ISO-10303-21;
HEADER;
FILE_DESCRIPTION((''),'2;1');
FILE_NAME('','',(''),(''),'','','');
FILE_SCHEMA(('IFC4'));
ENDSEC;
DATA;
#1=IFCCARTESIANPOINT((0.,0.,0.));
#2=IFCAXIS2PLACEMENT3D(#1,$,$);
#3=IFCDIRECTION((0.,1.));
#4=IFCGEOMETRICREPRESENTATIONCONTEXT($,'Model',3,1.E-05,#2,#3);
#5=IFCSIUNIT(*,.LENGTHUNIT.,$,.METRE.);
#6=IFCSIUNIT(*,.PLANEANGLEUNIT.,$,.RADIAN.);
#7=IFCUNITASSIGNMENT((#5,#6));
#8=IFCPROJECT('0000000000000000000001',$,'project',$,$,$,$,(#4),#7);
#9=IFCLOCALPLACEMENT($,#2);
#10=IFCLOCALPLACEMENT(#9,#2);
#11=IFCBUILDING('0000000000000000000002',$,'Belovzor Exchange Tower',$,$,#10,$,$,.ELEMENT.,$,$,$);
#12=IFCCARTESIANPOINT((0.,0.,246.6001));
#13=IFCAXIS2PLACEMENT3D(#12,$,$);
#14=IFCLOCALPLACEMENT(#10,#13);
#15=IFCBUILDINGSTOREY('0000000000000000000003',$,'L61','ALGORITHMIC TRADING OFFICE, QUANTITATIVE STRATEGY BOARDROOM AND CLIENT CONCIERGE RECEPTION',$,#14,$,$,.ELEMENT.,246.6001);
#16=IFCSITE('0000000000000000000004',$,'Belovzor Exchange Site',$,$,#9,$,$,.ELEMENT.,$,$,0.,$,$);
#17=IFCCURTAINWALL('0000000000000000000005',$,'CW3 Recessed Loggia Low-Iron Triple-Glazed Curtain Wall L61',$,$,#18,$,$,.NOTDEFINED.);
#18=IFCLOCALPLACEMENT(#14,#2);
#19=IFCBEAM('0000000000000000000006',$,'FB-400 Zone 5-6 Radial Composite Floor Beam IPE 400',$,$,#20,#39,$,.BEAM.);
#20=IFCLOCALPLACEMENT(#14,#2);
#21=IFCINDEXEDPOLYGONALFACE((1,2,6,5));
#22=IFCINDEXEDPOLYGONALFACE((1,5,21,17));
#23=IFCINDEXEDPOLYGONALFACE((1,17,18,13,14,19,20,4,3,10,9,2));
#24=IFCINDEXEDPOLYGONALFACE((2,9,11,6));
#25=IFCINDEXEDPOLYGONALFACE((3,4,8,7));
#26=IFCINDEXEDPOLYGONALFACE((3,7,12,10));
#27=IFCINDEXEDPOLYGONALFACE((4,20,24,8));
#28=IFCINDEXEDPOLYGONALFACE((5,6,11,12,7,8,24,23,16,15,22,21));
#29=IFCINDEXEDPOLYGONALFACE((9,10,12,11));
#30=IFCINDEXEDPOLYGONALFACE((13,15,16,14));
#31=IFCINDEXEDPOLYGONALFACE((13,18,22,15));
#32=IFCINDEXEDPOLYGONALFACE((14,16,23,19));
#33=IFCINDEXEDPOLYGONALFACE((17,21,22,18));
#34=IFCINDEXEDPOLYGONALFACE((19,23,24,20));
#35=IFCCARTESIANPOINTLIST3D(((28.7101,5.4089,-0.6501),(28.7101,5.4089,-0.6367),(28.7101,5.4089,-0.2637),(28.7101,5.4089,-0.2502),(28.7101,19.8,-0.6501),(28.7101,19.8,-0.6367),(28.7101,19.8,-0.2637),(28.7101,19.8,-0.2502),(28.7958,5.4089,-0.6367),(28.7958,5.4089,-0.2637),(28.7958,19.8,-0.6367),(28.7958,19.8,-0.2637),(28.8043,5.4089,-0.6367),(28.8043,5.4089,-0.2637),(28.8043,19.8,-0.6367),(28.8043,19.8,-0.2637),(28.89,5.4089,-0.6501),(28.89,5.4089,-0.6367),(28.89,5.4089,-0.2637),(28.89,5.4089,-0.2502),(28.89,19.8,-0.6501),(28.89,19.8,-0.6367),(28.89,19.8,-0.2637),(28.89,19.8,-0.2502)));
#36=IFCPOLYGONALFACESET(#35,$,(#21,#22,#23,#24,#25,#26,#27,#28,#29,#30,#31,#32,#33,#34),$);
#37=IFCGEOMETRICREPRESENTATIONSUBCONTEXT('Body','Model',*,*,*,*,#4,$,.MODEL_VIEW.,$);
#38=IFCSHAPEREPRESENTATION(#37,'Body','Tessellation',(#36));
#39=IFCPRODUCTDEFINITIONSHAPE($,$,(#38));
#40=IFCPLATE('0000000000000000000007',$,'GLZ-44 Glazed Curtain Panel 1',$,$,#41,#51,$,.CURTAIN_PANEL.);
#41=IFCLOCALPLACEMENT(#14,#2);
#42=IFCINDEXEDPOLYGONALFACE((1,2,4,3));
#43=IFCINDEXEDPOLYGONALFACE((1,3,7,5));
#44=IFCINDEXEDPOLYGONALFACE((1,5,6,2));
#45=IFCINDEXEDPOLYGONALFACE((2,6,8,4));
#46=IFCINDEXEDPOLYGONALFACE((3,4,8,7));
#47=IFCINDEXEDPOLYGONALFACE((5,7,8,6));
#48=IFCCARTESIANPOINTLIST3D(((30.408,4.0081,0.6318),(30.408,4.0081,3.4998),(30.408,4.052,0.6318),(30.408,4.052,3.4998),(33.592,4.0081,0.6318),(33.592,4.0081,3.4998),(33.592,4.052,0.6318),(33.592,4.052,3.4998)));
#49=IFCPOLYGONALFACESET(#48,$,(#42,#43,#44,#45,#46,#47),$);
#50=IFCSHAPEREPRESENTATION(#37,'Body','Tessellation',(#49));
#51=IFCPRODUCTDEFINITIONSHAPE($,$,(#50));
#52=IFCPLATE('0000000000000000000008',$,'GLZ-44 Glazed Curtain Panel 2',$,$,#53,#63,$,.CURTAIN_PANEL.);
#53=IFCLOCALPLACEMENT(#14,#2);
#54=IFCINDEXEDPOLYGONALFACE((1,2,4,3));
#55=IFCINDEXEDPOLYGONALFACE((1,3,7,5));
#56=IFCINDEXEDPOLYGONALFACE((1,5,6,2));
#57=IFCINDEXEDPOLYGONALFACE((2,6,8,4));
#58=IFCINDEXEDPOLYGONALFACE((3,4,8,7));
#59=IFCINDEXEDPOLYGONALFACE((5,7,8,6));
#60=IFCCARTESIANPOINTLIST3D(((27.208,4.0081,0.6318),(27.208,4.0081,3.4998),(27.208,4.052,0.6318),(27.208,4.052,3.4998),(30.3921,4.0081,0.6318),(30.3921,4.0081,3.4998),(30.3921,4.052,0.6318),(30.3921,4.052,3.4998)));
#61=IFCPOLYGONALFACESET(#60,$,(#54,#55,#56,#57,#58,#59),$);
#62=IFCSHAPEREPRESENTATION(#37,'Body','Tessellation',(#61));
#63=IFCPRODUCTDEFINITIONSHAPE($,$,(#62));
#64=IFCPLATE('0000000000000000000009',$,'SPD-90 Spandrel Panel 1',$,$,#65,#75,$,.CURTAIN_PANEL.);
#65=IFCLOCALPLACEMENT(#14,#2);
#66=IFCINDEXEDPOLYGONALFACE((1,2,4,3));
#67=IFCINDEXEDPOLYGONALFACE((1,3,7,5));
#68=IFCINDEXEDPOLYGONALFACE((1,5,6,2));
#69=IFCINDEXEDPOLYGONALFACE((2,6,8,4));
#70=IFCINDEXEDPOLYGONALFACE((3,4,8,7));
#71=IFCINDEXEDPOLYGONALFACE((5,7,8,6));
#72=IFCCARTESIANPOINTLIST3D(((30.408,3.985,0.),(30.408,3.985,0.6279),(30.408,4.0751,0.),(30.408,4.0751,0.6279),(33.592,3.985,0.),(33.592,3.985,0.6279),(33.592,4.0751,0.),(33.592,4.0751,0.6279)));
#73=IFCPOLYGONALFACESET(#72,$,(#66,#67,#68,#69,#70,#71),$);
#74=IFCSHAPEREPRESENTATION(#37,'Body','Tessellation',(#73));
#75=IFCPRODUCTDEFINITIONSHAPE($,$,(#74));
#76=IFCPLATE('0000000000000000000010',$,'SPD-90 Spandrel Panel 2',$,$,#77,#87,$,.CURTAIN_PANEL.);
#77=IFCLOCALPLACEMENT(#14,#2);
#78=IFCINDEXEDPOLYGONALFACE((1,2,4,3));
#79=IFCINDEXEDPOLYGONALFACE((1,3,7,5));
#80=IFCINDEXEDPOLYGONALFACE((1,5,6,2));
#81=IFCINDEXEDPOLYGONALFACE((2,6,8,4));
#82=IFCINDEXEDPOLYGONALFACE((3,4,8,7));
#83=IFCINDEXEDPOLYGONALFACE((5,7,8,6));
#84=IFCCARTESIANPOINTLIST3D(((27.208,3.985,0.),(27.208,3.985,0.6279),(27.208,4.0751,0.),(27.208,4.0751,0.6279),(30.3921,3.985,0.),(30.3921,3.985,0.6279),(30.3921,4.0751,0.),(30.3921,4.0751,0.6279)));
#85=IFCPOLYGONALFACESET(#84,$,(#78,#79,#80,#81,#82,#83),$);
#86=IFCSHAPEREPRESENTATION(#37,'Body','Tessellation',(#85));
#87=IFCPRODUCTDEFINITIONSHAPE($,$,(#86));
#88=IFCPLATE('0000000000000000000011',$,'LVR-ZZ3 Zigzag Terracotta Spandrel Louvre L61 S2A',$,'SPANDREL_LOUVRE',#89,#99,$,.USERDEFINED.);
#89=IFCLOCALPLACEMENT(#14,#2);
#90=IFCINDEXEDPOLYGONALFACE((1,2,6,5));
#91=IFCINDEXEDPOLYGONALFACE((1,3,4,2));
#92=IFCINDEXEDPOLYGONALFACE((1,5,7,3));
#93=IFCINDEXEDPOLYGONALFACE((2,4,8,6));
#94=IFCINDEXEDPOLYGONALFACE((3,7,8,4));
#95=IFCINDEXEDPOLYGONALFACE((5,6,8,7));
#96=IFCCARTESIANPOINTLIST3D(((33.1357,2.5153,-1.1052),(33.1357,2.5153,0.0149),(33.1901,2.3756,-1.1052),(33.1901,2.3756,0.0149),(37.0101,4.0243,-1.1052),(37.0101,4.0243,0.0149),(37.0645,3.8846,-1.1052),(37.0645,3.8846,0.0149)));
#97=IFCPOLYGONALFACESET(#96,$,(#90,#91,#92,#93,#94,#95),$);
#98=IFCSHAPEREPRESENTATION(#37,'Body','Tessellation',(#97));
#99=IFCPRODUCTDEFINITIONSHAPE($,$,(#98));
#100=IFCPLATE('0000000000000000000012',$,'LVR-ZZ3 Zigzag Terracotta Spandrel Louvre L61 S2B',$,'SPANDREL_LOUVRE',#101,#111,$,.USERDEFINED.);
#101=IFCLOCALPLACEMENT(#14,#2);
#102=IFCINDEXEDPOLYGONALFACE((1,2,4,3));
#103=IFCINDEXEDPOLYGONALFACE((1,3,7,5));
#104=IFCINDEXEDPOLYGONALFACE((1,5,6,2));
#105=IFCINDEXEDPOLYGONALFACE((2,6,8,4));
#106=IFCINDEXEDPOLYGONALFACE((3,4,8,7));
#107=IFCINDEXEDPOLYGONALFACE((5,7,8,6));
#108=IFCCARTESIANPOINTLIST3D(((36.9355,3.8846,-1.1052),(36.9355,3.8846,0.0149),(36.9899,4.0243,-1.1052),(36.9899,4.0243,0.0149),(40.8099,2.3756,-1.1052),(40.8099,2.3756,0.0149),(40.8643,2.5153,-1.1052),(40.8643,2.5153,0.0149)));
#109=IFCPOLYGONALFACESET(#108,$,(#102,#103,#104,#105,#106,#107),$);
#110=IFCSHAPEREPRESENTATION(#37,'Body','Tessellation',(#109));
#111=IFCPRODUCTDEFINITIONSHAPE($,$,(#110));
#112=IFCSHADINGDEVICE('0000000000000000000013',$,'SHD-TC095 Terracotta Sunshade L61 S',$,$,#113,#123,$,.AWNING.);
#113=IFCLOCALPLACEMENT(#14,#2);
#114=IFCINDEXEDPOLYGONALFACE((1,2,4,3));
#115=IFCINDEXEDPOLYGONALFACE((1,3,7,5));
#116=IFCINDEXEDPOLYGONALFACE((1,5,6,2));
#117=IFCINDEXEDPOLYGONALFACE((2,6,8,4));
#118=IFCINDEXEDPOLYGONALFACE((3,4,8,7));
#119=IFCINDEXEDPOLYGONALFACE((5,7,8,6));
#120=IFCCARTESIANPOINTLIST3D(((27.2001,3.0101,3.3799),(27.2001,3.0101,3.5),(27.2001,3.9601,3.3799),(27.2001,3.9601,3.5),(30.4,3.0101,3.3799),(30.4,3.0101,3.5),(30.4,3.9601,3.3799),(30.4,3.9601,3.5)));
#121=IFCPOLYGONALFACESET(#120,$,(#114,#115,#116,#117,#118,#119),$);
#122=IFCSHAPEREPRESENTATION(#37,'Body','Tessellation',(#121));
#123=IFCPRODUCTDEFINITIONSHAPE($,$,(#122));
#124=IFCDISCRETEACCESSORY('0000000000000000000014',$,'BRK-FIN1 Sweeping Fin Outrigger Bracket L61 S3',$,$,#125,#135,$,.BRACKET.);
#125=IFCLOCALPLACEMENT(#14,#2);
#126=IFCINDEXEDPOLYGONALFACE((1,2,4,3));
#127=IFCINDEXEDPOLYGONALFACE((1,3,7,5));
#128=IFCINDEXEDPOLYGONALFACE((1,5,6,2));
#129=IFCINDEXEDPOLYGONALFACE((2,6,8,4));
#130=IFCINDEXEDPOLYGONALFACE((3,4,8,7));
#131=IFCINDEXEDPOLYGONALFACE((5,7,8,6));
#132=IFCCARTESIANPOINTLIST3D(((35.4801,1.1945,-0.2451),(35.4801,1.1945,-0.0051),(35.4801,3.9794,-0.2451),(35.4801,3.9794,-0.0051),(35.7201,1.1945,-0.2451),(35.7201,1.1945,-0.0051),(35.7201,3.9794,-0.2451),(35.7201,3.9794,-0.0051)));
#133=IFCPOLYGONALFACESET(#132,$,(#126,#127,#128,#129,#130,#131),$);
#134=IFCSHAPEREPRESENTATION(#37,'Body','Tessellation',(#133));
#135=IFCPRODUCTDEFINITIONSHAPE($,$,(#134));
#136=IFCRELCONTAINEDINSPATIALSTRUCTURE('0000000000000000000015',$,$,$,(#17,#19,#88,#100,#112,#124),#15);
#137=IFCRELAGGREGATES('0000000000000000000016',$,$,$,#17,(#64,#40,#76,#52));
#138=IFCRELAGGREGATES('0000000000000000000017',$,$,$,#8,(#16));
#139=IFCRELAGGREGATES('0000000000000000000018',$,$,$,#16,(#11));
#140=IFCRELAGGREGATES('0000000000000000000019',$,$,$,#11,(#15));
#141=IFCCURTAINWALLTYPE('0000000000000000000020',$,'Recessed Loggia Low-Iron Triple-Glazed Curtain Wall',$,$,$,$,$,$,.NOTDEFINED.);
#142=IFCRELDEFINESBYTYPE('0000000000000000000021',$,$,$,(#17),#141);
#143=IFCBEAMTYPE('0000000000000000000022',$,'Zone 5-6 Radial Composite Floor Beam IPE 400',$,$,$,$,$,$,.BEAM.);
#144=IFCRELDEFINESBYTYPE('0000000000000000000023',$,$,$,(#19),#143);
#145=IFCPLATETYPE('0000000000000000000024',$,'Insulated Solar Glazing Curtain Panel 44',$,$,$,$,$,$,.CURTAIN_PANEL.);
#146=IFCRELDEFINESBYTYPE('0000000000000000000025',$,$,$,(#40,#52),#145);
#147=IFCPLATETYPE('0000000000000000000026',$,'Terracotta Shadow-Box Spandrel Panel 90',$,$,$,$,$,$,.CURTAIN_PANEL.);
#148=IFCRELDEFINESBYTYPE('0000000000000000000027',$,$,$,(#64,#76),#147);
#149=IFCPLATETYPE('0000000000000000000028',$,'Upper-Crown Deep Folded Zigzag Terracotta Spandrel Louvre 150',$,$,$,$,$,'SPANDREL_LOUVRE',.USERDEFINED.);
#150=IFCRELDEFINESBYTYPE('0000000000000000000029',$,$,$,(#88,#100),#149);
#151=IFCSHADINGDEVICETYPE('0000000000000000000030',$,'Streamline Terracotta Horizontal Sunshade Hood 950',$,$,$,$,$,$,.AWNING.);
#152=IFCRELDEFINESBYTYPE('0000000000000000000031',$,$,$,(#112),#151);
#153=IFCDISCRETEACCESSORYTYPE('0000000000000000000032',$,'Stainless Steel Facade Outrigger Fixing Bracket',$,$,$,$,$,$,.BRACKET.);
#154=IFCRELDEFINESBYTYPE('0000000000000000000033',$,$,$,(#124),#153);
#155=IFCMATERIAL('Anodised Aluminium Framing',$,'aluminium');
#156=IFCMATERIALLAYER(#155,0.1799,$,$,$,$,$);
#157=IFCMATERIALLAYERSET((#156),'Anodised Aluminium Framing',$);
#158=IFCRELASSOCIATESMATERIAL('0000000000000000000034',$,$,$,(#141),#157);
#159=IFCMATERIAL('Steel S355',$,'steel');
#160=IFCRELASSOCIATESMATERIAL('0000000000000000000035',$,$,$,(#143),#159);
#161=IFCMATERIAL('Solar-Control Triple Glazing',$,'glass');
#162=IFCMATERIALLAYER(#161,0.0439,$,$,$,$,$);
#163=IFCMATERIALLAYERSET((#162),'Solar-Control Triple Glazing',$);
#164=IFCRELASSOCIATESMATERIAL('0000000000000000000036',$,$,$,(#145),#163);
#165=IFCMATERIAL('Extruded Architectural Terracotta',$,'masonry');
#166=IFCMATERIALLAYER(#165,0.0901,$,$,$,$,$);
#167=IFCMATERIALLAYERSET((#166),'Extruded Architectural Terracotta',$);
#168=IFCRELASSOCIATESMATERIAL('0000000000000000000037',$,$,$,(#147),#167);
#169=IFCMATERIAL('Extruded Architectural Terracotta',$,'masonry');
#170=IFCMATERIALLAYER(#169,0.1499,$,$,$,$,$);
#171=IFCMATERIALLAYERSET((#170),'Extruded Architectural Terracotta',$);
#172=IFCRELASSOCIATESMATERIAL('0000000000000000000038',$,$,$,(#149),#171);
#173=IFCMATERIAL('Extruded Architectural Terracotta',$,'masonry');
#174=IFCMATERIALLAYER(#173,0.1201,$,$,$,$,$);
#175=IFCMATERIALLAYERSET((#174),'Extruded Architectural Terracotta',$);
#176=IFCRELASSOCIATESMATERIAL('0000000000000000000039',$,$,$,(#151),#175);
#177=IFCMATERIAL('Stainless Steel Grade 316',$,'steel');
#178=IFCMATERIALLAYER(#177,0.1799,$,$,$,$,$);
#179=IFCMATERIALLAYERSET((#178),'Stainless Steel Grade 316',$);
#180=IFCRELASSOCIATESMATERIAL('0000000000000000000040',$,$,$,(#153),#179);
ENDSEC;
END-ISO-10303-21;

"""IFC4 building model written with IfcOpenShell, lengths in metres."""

from ifc_helpers import new_model, si_unit, direction, frame, origin, origin_2d, place, context, subcontext, project, spatial, rectangle, i_section, extrude, material, layer, layer_set, material_profile, profile_set, type_object, element, aggregate, save


model = new_model("IFC4")

# Units and contexts
model_context = context("Model", 3, precision=1e-05, world=origin(), true_north=direction((0.0, 1.0)))
body_context = subcontext(model_context, "Body", "Model", "MODEL_VIEW")
ifc_project = project(units=[si_unit("LENGTHUNIT", "METRE"), si_unit("PLANEANGLEUNIT", "RADIAN")], contexts=[model_context])

# Site, building, storey
site_placement = place(None, origin())
site = spatial("IfcSite", under=ifc_project, at=site_placement, Name="Belovzor Exchange Site", CompositionType="ELEMENT", RefElevation=0.0)
building_placement = place(site_placement, origin())
building = spatial("IfcBuilding", under=site, at=building_placement, Name="Belovzor Exchange Tower", CompositionType="ELEMENT")
storey_placement = place(building_placement, frame((0.0, 0.0, 246.6001)))
storey = spatial("IfcBuildingStorey", under=building, at=storey_placement, Name="L61", Description="ALGORITHMIC TRADING OFFICE, QUANTITATIVE STRATEGY BOARDROOM AND CLIENT CONCIERGE RECEPTION", CompositionType="ELEMENT", Elevation=246.6001)

# Curtain wall
ifc_material_1 = material(Name="Anodised Aluminium Framing", Category="aluminium")
ifc_layer_1 = layer(ifc_material_1, 0.1799)
ifc_layer_set_1 = layer_set([ifc_layer_1], Name="Anodised Aluminium Framing")
curtain_wall_type = type_object("IfcCurtainWallType", Name="Recessed Loggia Low-Iron Triple-Glazed Curtain Wall", PredefinedType="NOTDEFINED", material=ifc_layer_set_1)
curtain_wall_placement = place(storey_placement, origin())
curtain_wall = element("IfcCurtainWall", 1, at=curtain_wall_placement, inside=storey, type_object=curtain_wall_type, Name="CW3 Recessed Loggia Low-Iron Triple-Glazed Curtain Wall L61", PredefinedType="NOTDEFINED")

# Beam
ifc_material_2 = material(Name="Steel S355", Category="steel")
ifc_material_profile_1 = material_profile(ifc_material_2, i_section(OverallWidth=0.1799, OverallDepth=0.3999, WebThickness=0.0085, FlangeThickness=0.0134, at=origin_2d()))
ifc_profile_set_1 = profile_set([ifc_material_profile_1], Name="Steel S355")
beam_type_1 = type_object("IfcBeamType", Name="Zone 5-6 Radial Composite Floor Beam IPE 400", PredefinedType="BEAM", material=ifc_profile_set_1)
beam_1_placement = place(storey_placement, frame((28.8, 19.8, -0.4502), z_axis=(0.0, -1.0, 0.0), x_axis=(1.0, 0.0, 0.0)))
element("IfcBeam", 2, at=beam_1_placement, inside=storey, type_object=beam_type_1, Name="FB-400 Zone 5-6 Radial Composite Floor Beam IPE 400", PredefinedType="BEAM", context=body_context, shape_type="SweptSolid", body=[
    extrude(i_section(OverallWidth=0.1799, OverallDepth=0.3999, WebThickness=0.0085, FlangeThickness=0.0134, at=origin_2d()), origin(), (0.0, 0.0, 1.0), 14.3911),
])

# Plates
ifc_material_3 = material(Name="Solar-Control Triple Glazing", Category="glass")
ifc_layer_2 = layer(ifc_material_3, 0.0439)
ifc_layer_set_2 = layer_set([ifc_layer_2], Name="Solar-Control Triple Glazing")
plate_type_1 = type_object("IfcPlateType", Name="Insulated Solar Glazing Curtain Panel 44", PredefinedType="CURTAIN_PANEL", material=ifc_layer_set_2)
plate_1_placement = place(storey_placement, frame((32.0, 4.03, 0.6318), z_axis=(0.0, 0.0, 1.0), x_axis=(-1.0, 0.0, 0.0)))
plate_1 = element("IfcPlate", 3, at=plate_1_placement, type_object=plate_type_1, Name="GLZ-44 Glazed Curtain Panel 1", PredefinedType="CURTAIN_PANEL", context=body_context, shape_type="SweptSolid", body=[
    extrude(rectangle(XDim=3.1841, YDim=0.0439, at=origin_2d()), origin(), (0.0, 0.0, 1.0), 2.8679),
])
plate_2_placement = place(storey_placement, frame((28.8, 4.03, 0.6318), z_axis=(0.0, 0.0, 1.0), x_axis=(-1.0, 0.0, 0.0)))
plate_2 = element("IfcPlate", 4, at=plate_2_placement, type_object=plate_type_1, Name="GLZ-44 Glazed Curtain Panel 2", PredefinedType="CURTAIN_PANEL", context=body_context, shape_type="SweptSolid", body=[
    extrude(rectangle(XDim=3.1841, YDim=0.0439, at=origin_2d()), origin(), (0.0, 0.0, 1.0), 2.8679),
])
ifc_material_4 = material(Name="Extruded Architectural Terracotta", Category="masonry")
ifc_layer_3 = layer(ifc_material_4, 0.0901)
ifc_layer_set_3 = layer_set([ifc_layer_3], Name="Extruded Architectural Terracotta")
plate_type_2 = type_object("IfcPlateType", Name="Terracotta Shadow-Box Spandrel Panel 90", PredefinedType="CURTAIN_PANEL", material=ifc_layer_set_3)
plate_3_placement = place(storey_placement, frame((32.0, 4.03, 0.0), z_axis=(0.0, 0.0, 1.0), x_axis=(-1.0, 0.0, 0.0)))
plate_3 = element("IfcPlate", 5, at=plate_3_placement, type_object=plate_type_2, Name="SPD-90 Spandrel Panel 1", PredefinedType="CURTAIN_PANEL", context=body_context, shape_type="SweptSolid", body=[
    extrude(rectangle(XDim=3.1841, YDim=0.0901, at=origin_2d()), origin(), (0.0, 0.0, 1.0), 0.6279),
])
plate_4_placement = place(storey_placement, frame((28.8, 4.03, 0.0), z_axis=(0.0, 0.0, 1.0), x_axis=(-1.0, 0.0, 0.0)))
plate_4 = element("IfcPlate", 6, at=plate_4_placement, type_object=plate_type_2, Name="SPD-90 Spandrel Panel 2", PredefinedType="CURTAIN_PANEL", context=body_context, shape_type="SweptSolid", body=[
    extrude(rectangle(XDim=3.1841, YDim=0.0901, at=origin_2d()), origin(), (0.0, 0.0, 1.0), 0.6279),
])
aggregate(curtain_wall, [plate_3, plate_1, plate_4, plate_2])

# Plates
ifc_material_5 = material(Name="Extruded Architectural Terracotta", Category="masonry")
ifc_layer_4 = layer(ifc_material_5, 0.1499)
ifc_layer_set_4 = layer_set([ifc_layer_4], Name="Extruded Architectural Terracotta")
plate_type_3 = type_object("IfcPlateType", Name="Upper-Crown Deep Folded Zigzag Terracotta Spandrel Louvre 150", ElementType="SPANDREL_LOUVRE", PredefinedType="USERDEFINED", material=ifc_layer_set_4)
for number, where, z_axis, x_axis, name in (
    (7, (35.1001, 3.2, -1.1052), (0.0, 0.0, 1.0), (0.931818, 0.362926, 0.0), "LVR-ZZ3 Zigzag Terracotta Spandrel Louvre L61 S2A"),
    (8, (38.8999, 3.2, -1.1052), (0.0, 0.0, 1.0), (0.931818, -0.362926, 0.0), "LVR-ZZ3 Zigzag Terracotta Spandrel Louvre L61 S2B"),
):
    element("IfcPlate", number, at=place(storey_placement, frame(where, z_axis=z_axis, x_axis=x_axis)), inside=storey, type_object=plate_type_3, Name=name, ObjectType="SPANDREL_LOUVRE", PredefinedType="USERDEFINED", context=body_context, shape_type="SweptSolid", body=[
        extrude(rectangle(XDim=4.158, YDim=0.1499, at=origin_2d()), origin(), (0.0, 0.0, 1.0), 1.1201),
    ])

# Shading device
ifc_material_6 = material(Name="Extruded Architectural Terracotta", Category="masonry")
ifc_layer_5 = layer(ifc_material_6, 0.1201)
ifc_layer_set_5 = layer_set([ifc_layer_5], Name="Extruded Architectural Terracotta")
shading_device_type = type_object("IfcShadingDeviceType", Name="Streamline Terracotta Horizontal Sunshade Hood 950", PredefinedType="AWNING", material=ifc_layer_set_5)
shading_device_placement = place(storey_placement, frame((28.8, 3.4851, 3.3799), z_axis=(0.0, 0.0, 1.0), x_axis=(1.0, 0.0, 0.0)))
element("IfcShadingDevice", 9, at=shading_device_placement, inside=storey, type_object=shading_device_type, Name="SHD-TC095 Terracotta Sunshade L61 S", PredefinedType="AWNING", context=body_context, shape_type="SweptSolid", body=[
    extrude(rectangle(XDim=3.2, YDim=0.95, at=origin_2d()), origin(), (0.0, 0.0, 1.0), 0.1201),
])

# Discrete accessory
ifc_material_7 = material(Name="Stainless Steel Grade 316", Category="steel")
ifc_layer_6 = layer(ifc_material_7, 0.1799)
ifc_layer_set_6 = layer_set([ifc_layer_6], Name="Stainless Steel Grade 316")
discrete_accessory_type = type_object("IfcDiscreteAccessoryType", Name="Stainless Steel Facade Outrigger Fixing Bracket", PredefinedType="BRACKET", material=ifc_layer_set_6)
discrete_accessory_placement = place(storey_placement, frame((35.6001, 2.5869, -0.2451), z_axis=(0.0, 0.0, 1.0), x_axis=(0.0, 1.0, 0.0)))
element("IfcDiscreteAccessory", 10, at=discrete_accessory_placement, inside=storey, type_object=discrete_accessory_type, Name="BRK-FIN1 Sweeping Fin Outrigger Bracket L61 S3", PredefinedType="BRACKET", context=body_context, shape_type="SweptSolid", body=[
    extrude(rectangle(XDim=2.7849, YDim=0.24, at=origin_2d()), origin(), (0.0, 0.0, 1.0), 0.24),
])

save(model, "model.ifc")
